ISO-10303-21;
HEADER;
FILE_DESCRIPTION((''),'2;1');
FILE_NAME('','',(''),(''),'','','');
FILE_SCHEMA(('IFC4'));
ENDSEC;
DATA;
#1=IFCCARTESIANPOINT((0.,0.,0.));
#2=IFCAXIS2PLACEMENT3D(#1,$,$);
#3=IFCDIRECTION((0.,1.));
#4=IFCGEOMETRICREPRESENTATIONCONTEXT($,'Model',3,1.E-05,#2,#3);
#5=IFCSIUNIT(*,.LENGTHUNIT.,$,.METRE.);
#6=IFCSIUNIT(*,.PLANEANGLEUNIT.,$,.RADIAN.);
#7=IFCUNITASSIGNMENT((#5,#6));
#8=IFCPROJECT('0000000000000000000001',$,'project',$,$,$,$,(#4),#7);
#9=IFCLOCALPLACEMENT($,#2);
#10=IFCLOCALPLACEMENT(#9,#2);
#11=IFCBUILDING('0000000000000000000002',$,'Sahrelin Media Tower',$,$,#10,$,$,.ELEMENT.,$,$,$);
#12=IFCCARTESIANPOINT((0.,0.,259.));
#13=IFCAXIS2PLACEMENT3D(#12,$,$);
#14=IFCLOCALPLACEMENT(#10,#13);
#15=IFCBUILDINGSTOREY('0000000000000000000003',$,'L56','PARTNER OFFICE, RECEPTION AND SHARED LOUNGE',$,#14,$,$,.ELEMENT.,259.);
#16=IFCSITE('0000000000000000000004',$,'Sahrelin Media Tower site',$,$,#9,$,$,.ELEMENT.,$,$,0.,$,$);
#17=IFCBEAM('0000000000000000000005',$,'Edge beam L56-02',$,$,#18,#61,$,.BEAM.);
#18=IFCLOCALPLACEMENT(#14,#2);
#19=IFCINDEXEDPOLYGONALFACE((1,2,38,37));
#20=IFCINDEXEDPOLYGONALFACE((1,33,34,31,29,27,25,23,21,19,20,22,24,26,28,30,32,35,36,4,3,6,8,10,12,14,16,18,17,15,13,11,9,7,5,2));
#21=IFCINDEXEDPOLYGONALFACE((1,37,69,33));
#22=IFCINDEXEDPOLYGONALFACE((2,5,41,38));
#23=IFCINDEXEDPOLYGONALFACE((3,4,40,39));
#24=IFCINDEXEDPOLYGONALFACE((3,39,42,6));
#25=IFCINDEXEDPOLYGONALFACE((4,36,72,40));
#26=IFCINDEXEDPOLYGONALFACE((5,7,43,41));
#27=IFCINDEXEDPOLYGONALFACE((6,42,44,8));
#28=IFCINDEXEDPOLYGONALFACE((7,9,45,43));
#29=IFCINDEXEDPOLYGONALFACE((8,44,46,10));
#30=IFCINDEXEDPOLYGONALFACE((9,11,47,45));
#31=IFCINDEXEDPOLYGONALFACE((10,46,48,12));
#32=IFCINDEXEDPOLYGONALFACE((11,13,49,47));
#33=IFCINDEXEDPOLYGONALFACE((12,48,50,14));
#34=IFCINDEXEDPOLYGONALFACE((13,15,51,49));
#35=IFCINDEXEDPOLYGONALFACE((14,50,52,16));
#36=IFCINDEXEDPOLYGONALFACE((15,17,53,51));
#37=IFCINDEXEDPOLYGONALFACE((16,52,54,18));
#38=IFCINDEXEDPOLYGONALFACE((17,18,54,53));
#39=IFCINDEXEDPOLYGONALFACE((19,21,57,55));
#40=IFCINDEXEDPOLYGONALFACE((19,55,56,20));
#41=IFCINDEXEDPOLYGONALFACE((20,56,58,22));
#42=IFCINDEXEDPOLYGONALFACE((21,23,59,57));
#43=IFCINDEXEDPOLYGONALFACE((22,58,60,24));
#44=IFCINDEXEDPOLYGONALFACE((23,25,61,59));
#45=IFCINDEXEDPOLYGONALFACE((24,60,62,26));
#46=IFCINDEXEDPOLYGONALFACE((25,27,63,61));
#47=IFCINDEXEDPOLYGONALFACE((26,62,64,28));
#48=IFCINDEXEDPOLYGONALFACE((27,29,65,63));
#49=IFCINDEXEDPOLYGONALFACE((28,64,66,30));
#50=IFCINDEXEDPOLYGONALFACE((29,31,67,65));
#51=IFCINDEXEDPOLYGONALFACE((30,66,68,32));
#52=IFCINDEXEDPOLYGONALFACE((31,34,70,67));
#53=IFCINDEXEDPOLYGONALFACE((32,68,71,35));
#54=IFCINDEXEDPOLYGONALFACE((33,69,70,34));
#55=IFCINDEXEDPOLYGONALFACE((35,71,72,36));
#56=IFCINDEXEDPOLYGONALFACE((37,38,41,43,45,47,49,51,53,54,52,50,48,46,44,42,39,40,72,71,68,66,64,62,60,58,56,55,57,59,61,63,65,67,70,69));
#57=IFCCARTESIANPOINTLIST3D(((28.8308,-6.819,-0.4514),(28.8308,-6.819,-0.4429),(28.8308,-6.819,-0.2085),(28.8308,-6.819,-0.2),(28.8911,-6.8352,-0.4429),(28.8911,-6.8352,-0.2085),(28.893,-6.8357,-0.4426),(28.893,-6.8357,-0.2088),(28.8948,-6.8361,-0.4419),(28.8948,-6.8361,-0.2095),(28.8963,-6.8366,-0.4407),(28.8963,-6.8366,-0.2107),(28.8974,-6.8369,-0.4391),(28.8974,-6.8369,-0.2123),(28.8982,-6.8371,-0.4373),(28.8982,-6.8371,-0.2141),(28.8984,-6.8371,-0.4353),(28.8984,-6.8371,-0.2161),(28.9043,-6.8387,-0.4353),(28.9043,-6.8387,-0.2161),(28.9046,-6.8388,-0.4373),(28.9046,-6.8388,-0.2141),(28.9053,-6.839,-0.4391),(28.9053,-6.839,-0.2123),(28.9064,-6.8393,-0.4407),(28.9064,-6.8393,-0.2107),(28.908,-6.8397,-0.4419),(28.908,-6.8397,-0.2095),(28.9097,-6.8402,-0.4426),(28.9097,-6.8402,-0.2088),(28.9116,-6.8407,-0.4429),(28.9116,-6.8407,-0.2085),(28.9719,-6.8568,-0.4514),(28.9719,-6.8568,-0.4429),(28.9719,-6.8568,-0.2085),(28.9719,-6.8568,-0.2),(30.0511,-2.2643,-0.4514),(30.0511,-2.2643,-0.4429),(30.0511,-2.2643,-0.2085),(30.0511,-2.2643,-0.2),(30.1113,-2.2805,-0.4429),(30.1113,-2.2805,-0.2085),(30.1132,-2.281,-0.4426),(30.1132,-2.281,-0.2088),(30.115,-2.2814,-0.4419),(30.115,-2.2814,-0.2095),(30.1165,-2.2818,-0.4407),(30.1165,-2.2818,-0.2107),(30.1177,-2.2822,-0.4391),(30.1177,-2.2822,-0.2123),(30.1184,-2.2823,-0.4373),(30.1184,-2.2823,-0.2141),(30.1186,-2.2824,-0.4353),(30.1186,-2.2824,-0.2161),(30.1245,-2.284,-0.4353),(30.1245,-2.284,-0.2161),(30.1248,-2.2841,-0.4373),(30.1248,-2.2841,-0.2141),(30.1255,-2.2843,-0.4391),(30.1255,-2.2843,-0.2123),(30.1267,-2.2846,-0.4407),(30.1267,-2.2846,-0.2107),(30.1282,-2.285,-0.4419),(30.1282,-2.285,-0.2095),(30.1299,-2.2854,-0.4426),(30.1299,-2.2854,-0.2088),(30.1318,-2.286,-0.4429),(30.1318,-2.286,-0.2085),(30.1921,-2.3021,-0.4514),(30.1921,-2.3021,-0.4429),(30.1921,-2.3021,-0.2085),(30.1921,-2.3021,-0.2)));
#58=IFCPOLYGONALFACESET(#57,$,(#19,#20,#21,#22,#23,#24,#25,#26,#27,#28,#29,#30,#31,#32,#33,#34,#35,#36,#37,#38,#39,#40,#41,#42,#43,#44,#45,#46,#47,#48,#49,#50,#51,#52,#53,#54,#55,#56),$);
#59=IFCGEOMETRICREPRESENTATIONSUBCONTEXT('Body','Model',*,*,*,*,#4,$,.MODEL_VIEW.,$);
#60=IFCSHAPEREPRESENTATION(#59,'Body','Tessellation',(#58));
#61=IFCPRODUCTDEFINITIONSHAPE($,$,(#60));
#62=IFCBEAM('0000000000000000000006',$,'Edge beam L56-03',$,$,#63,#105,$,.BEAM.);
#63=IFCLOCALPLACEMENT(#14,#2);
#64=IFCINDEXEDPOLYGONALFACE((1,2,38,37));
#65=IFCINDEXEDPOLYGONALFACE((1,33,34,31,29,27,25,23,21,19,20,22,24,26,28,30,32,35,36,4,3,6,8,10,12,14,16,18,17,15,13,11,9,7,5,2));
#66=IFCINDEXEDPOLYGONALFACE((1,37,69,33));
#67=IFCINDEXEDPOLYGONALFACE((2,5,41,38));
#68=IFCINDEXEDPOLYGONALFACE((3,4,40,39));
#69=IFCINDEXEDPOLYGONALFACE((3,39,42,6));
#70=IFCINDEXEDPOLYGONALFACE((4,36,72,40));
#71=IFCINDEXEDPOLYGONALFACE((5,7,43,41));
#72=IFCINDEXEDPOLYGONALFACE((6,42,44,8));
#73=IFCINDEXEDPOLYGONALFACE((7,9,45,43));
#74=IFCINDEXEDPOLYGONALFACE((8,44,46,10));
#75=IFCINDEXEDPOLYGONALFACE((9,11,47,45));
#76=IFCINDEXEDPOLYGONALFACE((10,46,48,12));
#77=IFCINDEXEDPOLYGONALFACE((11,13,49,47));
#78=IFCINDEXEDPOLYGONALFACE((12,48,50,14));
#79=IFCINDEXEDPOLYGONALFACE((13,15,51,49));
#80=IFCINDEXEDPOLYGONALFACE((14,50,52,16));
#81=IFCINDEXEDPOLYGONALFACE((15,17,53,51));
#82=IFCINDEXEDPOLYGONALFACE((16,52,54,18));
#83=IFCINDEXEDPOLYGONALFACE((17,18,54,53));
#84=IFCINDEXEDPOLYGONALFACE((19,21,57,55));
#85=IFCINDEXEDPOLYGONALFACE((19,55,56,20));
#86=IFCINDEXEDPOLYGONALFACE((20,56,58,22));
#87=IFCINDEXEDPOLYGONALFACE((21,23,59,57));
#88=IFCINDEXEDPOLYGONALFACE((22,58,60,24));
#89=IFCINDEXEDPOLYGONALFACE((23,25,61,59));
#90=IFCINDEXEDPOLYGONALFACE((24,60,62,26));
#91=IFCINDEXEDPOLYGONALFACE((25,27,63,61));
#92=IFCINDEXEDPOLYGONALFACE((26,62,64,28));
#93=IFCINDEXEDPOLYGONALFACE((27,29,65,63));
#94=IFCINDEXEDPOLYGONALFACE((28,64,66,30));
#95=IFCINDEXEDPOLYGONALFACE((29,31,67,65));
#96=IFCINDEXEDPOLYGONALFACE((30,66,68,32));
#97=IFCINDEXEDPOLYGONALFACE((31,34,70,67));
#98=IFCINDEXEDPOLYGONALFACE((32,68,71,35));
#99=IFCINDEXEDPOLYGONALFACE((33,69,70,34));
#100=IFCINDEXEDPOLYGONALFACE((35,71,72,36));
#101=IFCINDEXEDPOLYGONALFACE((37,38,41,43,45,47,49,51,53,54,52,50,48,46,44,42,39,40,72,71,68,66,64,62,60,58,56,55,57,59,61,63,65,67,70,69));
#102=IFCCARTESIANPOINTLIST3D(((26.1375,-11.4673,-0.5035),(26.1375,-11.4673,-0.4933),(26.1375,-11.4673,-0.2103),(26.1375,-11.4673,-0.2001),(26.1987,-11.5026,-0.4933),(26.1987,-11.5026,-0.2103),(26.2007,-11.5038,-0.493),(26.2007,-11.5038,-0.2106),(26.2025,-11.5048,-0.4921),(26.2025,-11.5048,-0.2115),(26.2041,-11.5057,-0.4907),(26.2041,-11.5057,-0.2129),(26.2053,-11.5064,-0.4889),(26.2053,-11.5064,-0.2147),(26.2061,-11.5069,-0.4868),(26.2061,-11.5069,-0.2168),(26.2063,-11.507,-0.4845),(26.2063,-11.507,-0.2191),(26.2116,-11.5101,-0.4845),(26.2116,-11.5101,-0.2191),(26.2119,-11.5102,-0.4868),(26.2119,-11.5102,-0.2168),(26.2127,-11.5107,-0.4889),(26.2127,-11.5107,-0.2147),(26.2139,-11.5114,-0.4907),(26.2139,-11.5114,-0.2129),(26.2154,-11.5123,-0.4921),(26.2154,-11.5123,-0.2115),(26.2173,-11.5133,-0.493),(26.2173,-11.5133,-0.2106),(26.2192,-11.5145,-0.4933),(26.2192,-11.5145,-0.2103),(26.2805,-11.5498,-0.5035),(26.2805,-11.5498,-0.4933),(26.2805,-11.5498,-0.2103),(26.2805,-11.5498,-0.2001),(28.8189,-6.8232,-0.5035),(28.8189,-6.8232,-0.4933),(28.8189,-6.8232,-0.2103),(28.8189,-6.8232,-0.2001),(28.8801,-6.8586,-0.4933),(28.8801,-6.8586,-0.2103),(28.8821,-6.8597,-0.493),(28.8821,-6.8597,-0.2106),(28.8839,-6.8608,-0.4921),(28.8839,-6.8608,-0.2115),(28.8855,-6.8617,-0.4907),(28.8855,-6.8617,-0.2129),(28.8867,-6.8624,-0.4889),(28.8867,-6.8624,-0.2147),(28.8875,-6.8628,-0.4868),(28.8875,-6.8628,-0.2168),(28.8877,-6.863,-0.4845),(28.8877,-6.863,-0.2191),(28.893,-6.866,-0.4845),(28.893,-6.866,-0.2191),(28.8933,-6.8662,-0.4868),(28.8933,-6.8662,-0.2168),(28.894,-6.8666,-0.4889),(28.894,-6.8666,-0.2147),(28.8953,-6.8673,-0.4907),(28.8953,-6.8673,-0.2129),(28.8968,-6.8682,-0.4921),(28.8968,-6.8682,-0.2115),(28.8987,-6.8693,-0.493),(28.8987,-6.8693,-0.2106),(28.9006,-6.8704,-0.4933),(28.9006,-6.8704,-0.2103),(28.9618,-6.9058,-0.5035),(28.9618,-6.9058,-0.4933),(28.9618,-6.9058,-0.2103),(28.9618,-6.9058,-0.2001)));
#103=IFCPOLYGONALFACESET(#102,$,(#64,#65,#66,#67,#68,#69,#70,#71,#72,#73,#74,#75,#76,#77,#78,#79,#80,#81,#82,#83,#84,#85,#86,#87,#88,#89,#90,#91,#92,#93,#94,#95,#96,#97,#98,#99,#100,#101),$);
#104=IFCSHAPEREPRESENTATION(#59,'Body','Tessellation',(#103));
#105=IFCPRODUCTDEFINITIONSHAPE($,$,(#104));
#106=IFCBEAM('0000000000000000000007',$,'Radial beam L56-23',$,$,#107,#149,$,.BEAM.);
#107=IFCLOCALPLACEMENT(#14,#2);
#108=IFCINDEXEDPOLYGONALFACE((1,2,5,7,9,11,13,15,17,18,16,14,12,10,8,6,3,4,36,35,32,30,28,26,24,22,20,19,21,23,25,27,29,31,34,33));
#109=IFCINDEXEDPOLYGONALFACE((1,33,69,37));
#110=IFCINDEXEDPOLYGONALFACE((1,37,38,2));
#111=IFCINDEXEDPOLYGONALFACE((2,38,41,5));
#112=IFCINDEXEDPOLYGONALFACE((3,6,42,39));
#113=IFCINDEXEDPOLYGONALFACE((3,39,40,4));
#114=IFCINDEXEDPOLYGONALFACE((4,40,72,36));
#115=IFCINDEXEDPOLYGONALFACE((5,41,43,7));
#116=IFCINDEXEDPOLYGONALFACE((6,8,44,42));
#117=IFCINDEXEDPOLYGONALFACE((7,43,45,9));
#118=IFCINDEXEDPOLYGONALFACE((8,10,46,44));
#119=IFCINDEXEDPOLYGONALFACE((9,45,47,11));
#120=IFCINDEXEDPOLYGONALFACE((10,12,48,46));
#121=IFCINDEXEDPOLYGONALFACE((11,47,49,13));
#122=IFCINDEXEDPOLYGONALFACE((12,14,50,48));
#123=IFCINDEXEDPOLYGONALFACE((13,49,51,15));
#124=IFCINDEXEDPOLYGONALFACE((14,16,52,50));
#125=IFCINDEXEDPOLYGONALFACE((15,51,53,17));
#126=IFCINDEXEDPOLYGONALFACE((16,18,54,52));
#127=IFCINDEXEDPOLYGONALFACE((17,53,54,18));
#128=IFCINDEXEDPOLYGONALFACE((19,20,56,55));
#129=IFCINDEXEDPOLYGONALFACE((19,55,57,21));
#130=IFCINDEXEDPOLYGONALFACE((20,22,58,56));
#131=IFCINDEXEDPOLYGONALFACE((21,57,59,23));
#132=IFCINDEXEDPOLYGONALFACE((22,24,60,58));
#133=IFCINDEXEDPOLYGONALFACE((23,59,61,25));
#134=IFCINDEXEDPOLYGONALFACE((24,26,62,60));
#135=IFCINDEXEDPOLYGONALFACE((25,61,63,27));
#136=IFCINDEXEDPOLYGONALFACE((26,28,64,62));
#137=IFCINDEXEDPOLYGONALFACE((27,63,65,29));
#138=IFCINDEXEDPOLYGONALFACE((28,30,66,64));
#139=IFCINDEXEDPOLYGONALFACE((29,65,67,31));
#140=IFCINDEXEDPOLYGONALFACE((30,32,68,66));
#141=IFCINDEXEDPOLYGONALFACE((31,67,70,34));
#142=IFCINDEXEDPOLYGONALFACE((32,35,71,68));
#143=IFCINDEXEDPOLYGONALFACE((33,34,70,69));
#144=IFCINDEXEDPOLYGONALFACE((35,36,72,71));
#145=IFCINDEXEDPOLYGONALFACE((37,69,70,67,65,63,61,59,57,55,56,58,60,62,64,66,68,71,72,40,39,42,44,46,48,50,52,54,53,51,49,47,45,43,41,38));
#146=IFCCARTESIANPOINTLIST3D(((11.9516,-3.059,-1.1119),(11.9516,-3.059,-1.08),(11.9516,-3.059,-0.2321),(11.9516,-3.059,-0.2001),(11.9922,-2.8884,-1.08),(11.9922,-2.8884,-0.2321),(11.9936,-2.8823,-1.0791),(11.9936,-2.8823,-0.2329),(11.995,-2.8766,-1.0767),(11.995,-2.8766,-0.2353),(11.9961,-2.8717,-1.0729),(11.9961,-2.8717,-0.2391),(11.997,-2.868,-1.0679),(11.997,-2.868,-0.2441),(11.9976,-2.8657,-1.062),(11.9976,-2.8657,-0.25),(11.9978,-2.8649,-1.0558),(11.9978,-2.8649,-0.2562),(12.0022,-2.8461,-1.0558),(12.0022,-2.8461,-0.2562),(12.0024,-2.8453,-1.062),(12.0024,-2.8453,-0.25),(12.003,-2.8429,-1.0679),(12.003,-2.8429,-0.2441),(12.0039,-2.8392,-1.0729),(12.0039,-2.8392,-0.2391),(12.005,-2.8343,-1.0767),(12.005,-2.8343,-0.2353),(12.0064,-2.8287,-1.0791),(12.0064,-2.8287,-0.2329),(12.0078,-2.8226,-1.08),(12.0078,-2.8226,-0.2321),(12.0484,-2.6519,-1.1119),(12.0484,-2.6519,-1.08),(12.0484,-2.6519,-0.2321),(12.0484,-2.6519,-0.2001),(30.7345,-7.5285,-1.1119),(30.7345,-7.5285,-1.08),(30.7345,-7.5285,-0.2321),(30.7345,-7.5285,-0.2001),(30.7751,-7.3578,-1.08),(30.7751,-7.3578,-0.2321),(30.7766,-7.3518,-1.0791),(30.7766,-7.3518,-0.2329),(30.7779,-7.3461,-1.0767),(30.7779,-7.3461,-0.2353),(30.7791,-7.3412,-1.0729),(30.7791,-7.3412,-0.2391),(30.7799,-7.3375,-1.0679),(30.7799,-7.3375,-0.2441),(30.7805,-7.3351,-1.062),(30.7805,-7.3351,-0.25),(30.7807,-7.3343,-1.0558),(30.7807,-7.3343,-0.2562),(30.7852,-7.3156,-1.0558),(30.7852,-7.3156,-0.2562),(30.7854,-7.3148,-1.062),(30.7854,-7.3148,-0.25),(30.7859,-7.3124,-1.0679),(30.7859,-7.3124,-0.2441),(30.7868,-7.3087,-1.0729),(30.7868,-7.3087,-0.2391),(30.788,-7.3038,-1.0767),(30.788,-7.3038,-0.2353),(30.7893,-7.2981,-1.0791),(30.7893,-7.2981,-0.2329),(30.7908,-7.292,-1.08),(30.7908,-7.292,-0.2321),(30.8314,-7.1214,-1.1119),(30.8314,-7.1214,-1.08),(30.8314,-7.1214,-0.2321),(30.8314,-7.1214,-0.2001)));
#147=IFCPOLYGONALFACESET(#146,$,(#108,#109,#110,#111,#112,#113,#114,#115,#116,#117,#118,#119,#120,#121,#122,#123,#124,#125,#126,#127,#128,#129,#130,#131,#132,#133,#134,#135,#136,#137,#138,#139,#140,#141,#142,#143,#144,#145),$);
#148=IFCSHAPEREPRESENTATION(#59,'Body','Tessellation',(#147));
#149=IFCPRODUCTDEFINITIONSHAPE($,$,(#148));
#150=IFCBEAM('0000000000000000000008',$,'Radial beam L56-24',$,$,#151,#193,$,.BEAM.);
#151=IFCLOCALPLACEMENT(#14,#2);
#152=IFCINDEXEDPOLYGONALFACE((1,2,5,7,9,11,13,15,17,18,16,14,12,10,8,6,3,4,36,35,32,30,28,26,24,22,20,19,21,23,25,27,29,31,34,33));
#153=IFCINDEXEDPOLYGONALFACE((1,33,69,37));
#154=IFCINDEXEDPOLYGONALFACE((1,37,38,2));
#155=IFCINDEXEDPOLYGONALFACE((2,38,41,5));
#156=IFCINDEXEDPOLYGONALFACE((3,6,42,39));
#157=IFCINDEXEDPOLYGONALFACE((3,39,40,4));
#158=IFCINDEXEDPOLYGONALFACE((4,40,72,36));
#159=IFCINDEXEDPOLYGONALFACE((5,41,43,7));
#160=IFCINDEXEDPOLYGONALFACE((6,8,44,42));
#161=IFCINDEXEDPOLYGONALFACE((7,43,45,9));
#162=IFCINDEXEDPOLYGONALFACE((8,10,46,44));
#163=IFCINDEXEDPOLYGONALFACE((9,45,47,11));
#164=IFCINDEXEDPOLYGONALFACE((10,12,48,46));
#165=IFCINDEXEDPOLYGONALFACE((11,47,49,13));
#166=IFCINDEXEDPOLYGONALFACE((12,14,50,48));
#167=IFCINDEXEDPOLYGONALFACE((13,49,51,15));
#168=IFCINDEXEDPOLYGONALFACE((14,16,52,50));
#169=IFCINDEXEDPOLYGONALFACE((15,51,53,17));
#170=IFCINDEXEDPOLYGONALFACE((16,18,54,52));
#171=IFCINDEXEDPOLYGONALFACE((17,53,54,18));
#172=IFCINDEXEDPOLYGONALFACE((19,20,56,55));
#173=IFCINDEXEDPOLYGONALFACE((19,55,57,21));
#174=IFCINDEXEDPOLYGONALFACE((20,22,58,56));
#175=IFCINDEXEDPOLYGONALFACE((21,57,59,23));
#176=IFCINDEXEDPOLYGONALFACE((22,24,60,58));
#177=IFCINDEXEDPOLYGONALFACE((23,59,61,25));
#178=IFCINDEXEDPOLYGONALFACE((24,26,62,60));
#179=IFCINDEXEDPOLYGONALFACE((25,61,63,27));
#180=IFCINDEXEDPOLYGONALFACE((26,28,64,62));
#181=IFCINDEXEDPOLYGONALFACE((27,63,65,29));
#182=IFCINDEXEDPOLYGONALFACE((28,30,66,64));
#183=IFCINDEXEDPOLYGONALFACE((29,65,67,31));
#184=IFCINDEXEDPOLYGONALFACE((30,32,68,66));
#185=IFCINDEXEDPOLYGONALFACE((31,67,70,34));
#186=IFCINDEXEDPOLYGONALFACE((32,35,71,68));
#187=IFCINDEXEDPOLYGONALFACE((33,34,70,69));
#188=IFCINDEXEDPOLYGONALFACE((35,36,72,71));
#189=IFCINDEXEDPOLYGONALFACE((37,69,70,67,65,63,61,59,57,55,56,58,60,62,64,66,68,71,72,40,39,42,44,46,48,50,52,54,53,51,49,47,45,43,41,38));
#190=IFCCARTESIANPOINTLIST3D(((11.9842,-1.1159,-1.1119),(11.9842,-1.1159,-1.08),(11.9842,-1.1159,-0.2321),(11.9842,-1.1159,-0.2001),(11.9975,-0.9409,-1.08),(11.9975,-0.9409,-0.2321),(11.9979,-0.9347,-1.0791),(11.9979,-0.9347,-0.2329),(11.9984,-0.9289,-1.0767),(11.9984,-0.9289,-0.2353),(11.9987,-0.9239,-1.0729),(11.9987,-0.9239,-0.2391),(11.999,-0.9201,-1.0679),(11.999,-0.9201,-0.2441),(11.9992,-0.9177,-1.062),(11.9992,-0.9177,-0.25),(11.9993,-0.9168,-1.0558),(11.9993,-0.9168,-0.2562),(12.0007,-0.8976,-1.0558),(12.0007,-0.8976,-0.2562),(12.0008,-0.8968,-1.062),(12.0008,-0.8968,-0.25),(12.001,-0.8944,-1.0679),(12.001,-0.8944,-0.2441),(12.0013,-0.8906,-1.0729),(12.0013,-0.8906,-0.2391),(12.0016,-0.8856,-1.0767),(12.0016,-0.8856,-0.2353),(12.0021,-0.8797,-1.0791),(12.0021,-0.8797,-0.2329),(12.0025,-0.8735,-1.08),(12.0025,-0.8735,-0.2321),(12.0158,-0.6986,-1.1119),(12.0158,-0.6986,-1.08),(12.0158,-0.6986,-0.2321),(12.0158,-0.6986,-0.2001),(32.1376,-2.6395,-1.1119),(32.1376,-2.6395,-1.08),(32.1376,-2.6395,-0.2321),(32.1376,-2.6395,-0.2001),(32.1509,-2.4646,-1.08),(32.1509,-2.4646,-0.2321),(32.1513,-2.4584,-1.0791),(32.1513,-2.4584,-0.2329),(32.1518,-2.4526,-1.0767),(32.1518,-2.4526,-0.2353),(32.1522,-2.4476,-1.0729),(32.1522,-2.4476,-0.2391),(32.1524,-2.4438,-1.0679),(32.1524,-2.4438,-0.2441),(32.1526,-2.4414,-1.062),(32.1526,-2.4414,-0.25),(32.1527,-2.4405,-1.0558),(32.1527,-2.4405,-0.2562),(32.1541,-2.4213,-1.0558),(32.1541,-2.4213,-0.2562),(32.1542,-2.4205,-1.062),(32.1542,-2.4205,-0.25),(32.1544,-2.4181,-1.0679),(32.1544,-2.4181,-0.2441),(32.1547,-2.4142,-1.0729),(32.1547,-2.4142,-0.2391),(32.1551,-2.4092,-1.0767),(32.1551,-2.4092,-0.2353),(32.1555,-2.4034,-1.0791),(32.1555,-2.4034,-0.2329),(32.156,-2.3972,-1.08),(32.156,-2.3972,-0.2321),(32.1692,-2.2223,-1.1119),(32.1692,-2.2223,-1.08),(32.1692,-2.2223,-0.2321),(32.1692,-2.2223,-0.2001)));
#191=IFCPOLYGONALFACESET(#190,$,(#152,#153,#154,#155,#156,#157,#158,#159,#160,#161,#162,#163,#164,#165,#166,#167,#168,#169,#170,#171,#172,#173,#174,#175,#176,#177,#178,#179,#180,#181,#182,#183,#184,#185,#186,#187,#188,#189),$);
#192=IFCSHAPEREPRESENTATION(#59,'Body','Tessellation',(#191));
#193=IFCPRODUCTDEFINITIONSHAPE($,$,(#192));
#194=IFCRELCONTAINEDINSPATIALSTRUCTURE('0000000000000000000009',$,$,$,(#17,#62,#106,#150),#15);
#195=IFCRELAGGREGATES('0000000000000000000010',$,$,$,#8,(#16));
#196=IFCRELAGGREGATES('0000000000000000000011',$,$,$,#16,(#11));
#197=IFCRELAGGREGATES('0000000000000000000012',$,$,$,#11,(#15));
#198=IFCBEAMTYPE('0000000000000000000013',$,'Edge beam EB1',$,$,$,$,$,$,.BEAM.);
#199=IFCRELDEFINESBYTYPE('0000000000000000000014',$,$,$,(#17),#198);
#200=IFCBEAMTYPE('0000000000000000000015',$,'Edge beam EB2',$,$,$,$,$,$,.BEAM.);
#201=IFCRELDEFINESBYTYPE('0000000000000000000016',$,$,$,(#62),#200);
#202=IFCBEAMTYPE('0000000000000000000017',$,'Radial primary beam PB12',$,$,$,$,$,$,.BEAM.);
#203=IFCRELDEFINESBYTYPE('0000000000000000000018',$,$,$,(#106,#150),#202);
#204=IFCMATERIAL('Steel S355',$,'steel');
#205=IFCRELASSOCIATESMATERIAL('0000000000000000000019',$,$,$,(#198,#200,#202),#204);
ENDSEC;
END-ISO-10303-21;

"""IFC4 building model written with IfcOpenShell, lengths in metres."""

from ifc_helpers import new_model, si_unit, direction, frame, origin, origin_2d, place, context, subcontext, project, spatial, i_section, extrude, material, material_profile, profile_set, type_object, element, save


model = new_model("IFC4")

# Units and contexts
model_context = context("Model", 3, precision=1e-05, world=origin(), true_north=direction((0.0, 1.0)))
body_context = subcontext(model_context, "Body", "Model", "MODEL_VIEW")
ifc_project = project(units=[si_unit("LENGTHUNIT", "METRE"), si_unit("PLANEANGLEUNIT", "RADIAN")], contexts=[model_context])

# Site, building, storey
site_placement = place(None, origin())
site = spatial("IfcSite", under=ifc_project, at=site_placement, Name="Sahrelin Media Tower site", CompositionType="ELEMENT", RefElevation=0.0)
building_placement = place(site_placement, origin())
building = spatial("IfcBuilding", under=site, at=building_placement, Name="Sahrelin Media Tower", CompositionType="ELEMENT")
storey_placement = place(building_placement, frame((0.0, 0.0, 259.0)))
storey = spatial("IfcBuildingStorey", under=building, at=storey_placement, Name="L56", Description="PARTNER OFFICE, RECEPTION AND SHARED LOUNGE", CompositionType="ELEMENT", Elevation=259.0)

# Beams
ifc_material_1 = material(Name="Steel S355", Category="steel")
ifc_material_profile_1 = material_profile(ifc_material_1, i_section(OverallWidth=0.146, OverallDepth=0.2515, WebThickness=0.0061, FlangeThickness=0.0085, FilletRadius=0.0076, at=origin_2d()), Name="UB 254x146x31")
ifc_profile_set_1 = profile_set([ifc_material_profile_1], Name="Steel S355")
beam_type_1 = type_object("IfcBeamType", Name="Edge beam EB1", PredefinedType="BEAM", material=ifc_profile_set_1)
beam_1_placement = place(storey_placement, frame((30.1216, -2.2832, -0.3257), z_axis=(-0.258777, -0.965937, 0.0), x_axis=(0.965937, -0.258777, 0.0)))
element("IfcBeam", 1, at=beam_1_placement, inside=storey, type_object=beam_type_1, Name="Edge beam L56-02", PredefinedType="BEAM", context=body_context, shape_type="SweptSolid", body=[
    extrude(i_section(OverallWidth=0.146, OverallDepth=0.2515, WebThickness=0.0061, FlangeThickness=0.0085, FilletRadius=0.0076, at=origin_2d()), origin(), (0.0, 0.0, 1.0), 4.7153),
])
ifc_material_profile_2 = material_profile(ifc_material_1, i_section(OverallWidth=0.165, OverallDepth=0.3035, WebThickness=0.0061, FlangeThickness=0.0103, FilletRadius=0.0088, at=origin_2d()), Name="UB 305x165x40")
ifc_profile_set_2 = profile_set([ifc_material_profile_2], Name="Steel S355")
beam_type_2 = type_object("IfcBeamType", Name="Edge beam EB2", PredefinedType="BEAM", material=ifc_profile_set_2)
beam_2_placement = place(storey_placement, frame((28.8904, -6.8645, -0.3518), z_axis=(-0.500022, -0.866013, 0.0), x_axis=(0.866013, -0.500022, 0.0)))
element("IfcBeam", 2, at=beam_2_placement, inside=storey, type_object=beam_type_2, Name="Edge beam L56-03", PredefinedType="BEAM", context=body_context, shape_type="SweptSolid", body=[
    extrude(i_section(OverallWidth=0.165, OverallDepth=0.3035, WebThickness=0.0061, FlangeThickness=0.0103, FilletRadius=0.0088, at=origin_2d()), origin(), (0.0, 0.0, 1.0), 5.3625),
])
ifc_material_profile_3 = material_profile(ifc_material_1, i_section(OverallWidth=0.4185, OverallDepth=0.9119, WebThickness=0.0193, FlangeThickness=0.032, FilletRadius=0.0242, at=origin_2d()), Name="UB 914x419x343")
ifc_profile_set_3 = profile_set([ifc_material_profile_3], Name="Steel S355")
beam_type_3 = type_object("IfcBeamType", Name="Radial primary beam PB12", PredefinedType="BEAM", material=ifc_profile_set_3)
beam_3_placement = place(storey_placement, frame((12.0, -2.8555, -0.656), z_axis=(0.972837, -0.231491, 0.0), x_axis=(0.231491, 0.972837, 0.0)))
element("IfcBeam", 3, at=beam_3_placement, inside=storey, type_object=beam_type_3, Name="Radial beam L56-23", PredefinedType="BEAM", context=body_context, shape_type="SweptSolid", body=[
    extrude(i_section(OverallWidth=0.4185, OverallDepth=0.9119, WebThickness=0.0193, FlangeThickness=0.032, FilletRadius=0.0242, at=origin_2d()), origin(), (0.0, 0.0, 1.0), 19.3074),
])
beam_4_placement = place(storey_placement, frame((12.0, -0.9072, -0.656), z_axis=(0.997154, -0.075389, 0.0), x_axis=(0.075389, 0.997154, 0.0)))
element("IfcBeam", 4, at=beam_4_placement, inside=storey, type_object=beam_type_3, Name="Radial beam L56-24", PredefinedType="BEAM", context=body_context, shape_type="SweptSolid", body=[
    extrude(i_section(OverallWidth=0.4185, OverallDepth=0.9119, WebThickness=0.0193, FlangeThickness=0.032, FilletRadius=0.0242, at=origin_2d()), origin(), (0.0, 0.0, 1.0), 20.2109),
])

save(model, "model.ifc")
